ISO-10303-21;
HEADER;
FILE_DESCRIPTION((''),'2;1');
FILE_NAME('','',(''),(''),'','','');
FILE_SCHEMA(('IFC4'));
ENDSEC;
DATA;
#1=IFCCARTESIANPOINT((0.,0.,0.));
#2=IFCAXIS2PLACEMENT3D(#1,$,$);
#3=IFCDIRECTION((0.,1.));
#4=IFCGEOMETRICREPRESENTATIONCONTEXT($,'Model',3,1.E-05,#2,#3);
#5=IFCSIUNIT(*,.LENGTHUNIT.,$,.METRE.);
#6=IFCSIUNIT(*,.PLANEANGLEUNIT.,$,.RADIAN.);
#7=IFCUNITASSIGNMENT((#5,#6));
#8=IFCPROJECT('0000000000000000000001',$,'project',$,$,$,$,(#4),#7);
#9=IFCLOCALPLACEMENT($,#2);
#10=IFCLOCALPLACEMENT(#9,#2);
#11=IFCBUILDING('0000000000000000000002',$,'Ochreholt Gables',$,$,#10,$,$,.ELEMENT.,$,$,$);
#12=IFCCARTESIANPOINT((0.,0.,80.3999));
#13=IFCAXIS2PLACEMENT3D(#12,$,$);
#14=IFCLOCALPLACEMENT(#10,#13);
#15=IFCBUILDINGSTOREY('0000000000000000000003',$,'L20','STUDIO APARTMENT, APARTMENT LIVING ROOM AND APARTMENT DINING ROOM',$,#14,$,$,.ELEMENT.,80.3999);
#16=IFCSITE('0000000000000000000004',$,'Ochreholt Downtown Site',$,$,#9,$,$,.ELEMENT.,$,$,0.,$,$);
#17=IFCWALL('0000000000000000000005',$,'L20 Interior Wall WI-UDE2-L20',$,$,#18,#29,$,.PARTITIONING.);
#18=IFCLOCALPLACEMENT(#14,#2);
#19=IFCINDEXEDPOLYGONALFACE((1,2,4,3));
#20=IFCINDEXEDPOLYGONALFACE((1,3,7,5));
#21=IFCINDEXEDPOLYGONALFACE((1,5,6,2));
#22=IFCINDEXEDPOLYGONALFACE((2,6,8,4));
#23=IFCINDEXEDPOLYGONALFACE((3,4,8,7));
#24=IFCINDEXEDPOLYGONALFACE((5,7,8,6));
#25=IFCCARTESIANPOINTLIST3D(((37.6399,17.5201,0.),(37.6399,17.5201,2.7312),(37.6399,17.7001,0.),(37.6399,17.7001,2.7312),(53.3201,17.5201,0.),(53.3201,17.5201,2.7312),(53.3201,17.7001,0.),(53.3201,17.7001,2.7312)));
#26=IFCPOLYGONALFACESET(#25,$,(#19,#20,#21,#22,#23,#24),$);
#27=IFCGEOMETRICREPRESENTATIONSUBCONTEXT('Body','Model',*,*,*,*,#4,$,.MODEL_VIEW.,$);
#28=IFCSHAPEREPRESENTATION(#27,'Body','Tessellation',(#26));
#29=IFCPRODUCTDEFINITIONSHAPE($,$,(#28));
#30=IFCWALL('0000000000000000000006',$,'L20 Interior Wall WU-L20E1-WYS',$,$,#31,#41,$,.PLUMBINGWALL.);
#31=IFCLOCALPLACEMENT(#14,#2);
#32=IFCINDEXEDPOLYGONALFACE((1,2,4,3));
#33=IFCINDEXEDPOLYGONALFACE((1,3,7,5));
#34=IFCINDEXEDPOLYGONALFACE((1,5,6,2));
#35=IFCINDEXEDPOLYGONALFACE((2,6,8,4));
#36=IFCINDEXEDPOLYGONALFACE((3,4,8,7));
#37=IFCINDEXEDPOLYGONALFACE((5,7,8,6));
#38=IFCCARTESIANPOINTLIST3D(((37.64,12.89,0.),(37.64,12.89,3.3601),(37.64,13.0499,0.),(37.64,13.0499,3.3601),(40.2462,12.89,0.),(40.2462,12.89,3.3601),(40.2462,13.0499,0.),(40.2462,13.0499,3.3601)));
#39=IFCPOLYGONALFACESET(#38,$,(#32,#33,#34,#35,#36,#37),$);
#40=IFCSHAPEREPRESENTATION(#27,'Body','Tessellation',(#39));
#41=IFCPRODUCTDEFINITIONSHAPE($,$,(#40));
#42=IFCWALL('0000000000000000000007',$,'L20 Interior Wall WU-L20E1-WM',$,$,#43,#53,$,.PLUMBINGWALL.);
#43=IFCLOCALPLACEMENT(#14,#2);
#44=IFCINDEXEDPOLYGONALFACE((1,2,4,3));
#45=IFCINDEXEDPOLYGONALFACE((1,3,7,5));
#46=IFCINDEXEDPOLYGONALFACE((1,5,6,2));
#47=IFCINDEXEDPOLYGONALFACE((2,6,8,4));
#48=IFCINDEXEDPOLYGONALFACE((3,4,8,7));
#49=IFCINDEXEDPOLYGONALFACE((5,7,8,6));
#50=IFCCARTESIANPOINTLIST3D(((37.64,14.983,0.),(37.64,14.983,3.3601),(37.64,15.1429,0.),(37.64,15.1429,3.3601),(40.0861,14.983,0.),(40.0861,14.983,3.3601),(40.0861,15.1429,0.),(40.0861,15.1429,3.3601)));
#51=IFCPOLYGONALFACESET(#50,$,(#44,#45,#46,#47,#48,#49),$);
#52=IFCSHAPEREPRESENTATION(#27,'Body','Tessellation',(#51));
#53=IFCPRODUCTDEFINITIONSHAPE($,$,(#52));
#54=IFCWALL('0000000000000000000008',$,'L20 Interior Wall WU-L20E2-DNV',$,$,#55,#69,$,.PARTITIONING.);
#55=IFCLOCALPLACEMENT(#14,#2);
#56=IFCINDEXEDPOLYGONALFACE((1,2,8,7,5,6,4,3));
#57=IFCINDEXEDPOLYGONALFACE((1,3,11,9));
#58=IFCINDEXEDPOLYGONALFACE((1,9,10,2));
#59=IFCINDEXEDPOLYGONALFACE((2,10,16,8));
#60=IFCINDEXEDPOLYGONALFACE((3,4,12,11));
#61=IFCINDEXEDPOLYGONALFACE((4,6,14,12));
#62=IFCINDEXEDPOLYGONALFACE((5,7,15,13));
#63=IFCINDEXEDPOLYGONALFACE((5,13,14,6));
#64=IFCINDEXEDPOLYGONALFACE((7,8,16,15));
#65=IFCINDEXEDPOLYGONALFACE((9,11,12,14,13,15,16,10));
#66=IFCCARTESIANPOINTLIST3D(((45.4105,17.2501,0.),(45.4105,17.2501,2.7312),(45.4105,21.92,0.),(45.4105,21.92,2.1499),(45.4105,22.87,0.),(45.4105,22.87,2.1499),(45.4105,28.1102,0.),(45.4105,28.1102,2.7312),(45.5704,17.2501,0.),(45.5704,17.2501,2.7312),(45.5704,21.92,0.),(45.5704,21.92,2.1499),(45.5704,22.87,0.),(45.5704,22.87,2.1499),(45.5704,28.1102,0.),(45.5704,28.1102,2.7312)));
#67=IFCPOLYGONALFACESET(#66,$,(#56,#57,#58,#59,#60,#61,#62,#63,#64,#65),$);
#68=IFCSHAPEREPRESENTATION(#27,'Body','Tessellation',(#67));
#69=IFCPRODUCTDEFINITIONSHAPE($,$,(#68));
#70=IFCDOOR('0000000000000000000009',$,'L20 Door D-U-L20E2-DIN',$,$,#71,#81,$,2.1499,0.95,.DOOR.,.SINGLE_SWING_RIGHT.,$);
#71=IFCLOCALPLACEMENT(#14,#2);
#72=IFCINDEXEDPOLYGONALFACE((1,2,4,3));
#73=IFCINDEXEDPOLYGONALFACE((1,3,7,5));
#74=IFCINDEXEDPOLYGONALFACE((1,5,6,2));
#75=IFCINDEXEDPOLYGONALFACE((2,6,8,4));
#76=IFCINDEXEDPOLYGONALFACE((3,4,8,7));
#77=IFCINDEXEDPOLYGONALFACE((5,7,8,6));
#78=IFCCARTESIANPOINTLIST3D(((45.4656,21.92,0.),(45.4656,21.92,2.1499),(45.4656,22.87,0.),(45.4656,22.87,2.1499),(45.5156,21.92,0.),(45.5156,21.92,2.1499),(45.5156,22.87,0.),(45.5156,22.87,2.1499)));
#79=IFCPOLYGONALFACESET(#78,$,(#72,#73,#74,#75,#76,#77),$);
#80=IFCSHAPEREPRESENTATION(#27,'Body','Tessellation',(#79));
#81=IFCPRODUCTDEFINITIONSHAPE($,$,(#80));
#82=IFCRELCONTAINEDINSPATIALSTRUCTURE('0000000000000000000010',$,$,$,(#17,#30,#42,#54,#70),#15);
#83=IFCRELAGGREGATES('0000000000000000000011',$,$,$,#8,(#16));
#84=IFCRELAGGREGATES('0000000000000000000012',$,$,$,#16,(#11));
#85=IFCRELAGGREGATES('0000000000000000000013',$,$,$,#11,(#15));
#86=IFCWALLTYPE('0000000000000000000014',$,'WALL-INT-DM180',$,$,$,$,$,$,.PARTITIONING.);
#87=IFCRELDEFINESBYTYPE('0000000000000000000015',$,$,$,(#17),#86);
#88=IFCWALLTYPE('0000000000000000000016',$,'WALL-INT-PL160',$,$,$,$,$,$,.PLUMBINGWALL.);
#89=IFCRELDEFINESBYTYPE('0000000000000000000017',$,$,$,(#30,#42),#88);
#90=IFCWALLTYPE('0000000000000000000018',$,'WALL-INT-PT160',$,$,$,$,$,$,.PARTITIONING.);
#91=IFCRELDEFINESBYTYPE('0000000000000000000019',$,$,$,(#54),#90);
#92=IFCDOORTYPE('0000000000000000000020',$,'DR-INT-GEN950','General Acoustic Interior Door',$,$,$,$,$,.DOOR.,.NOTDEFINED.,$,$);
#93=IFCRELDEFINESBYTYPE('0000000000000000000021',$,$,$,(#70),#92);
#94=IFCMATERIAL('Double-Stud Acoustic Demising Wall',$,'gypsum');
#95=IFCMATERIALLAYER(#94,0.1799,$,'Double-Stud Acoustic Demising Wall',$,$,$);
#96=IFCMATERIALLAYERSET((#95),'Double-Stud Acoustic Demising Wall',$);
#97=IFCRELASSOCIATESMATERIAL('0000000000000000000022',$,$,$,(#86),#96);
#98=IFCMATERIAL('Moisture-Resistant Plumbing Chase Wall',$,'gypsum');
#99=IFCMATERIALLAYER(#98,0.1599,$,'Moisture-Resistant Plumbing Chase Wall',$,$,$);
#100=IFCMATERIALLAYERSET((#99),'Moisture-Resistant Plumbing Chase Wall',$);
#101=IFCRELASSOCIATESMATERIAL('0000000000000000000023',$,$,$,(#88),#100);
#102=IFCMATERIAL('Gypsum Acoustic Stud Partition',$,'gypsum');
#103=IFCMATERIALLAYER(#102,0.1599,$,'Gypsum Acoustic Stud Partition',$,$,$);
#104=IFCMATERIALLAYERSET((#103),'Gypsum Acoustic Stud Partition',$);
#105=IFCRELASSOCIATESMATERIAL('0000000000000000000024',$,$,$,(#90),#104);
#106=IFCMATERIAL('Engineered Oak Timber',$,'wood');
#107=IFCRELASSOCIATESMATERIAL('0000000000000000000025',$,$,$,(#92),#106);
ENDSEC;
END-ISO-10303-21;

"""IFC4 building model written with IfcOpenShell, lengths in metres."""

from ifc_helpers import new_model, si_unit, direction, frame, frame_2d, origin, place, context, subcontext, project, spatial, rectangle, extrude, material, layer, layer_set, type_object, element, fill, save


model = new_model("IFC4")

# Units and contexts
model_context = context("Model", 3, precision=1e-05, world=origin(), true_north=direction((0.0, 1.0)))
body_context = subcontext(model_context, "Body", "Model", "MODEL_VIEW")
ifc_project = project(units=[si_unit("LENGTHUNIT", "METRE"), si_unit("PLANEANGLEUNIT", "RADIAN")], contexts=[model_context])

# Site, building, storey
site_placement = place(None, origin())
site = spatial("IfcSite", under=ifc_project, at=site_placement, Name="Ochreholt Downtown Site", CompositionType="ELEMENT", RefElevation=0.0)
building_placement = place(site_placement, origin())
building = spatial("IfcBuilding", under=site, at=building_placement, Name="Ochreholt Gables", CompositionType="ELEMENT")
storey_placement = place(building_placement, frame((0.0, 0.0, 80.3999)))
storey = spatial("IfcBuildingStorey", under=building, at=storey_placement, Name="L20", Description="STUDIO APARTMENT, APARTMENT LIVING ROOM AND APARTMENT DINING ROOM", CompositionType="ELEMENT", Elevation=80.3999)

# Walls
ifc_material_1 = material(Name="Double-Stud Acoustic Demising Wall", Category="gypsum")
ifc_layer_1 = layer(ifc_material_1, 0.1799, Name="Double-Stud Acoustic Demising Wall")
ifc_layer_set_1 = layer_set([ifc_layer_1], Name="Double-Stud Acoustic Demising Wall")
wall_type_1 = type_object("IfcWallType", Name="WALL-INT-DM180", PredefinedType="PARTITIONING", material=ifc_layer_set_1)
wall_1_placement = place(storey_placement, frame((37.6399, 17.6101, 0.0), z_axis=(0.0, 0.0, 1.0), x_axis=(1.0, 0.0, 0.0)))
element("IfcWall", 1, at=wall_1_placement, inside=storey, type_object=wall_type_1, Name="L20 Interior Wall WI-UDE2-L20", PredefinedType="PARTITIONING", context=body_context, shape_type="SweptSolid", body=[
    extrude(rectangle(XDim=15.6802, YDim=0.1799, at=frame_2d((7.8401, 0.0))), origin(), (0.0, 0.0, 1.0), 2.7312),
])
ifc_material_2 = material(Name="Moisture-Resistant Plumbing Chase Wall", Category="gypsum")
ifc_layer_2 = layer(ifc_material_2, 0.1599, Name="Moisture-Resistant Plumbing Chase Wall")
ifc_layer_set_2 = layer_set([ifc_layer_2], Name="Moisture-Resistant Plumbing Chase Wall")
wall_type_2 = type_object("IfcWallType", Name="WALL-INT-PL160", PredefinedType="PLUMBINGWALL", material=ifc_layer_set_2)
wall_2_placement = place(storey_placement, frame((37.6399, 12.97, 0.0), z_axis=(0.0, 0.0, 1.0), x_axis=(1.0, 0.0, 0.0)))
element("IfcWall", 2, at=wall_2_placement, inside=storey, type_object=wall_type_2, Name="L20 Interior Wall WU-L20E1-WYS", PredefinedType="PLUMBINGWALL", context=body_context, shape_type="SweptSolid", body=[
    extrude(rectangle(XDim=2.6062, YDim=0.1599, at=frame_2d((1.3032, 0.0))), origin(), (0.0, 0.0, 1.0), 3.3601),
])

# Shared definitions
ifc_material_3 = material(Name="Engineered Oak Timber", Category="wood")

# Wall
wall_3_placement = place(storey_placement, frame((37.6399, 15.063, 0.0), z_axis=(0.0, 0.0, 1.0), x_axis=(1.0, 0.0, 0.0)))
element("IfcWall", 3, at=wall_3_placement, inside=storey, type_object=wall_type_2, Name="L20 Interior Wall WU-L20E1-WM", PredefinedType="PLUMBINGWALL", context=body_context, shape_type="SweptSolid", body=[
    extrude(rectangle(XDim=2.446, YDim=0.1599, at=frame_2d((1.2231, 0.0))), origin(), (0.0, 0.0, 1.0), 3.3601),
])

# Wall, opening, door
ifc_material_4 = material(Name="Gypsum Acoustic Stud Partition", Category="gypsum")
ifc_layer_3 = layer(ifc_material_4, 0.1599, Name="Gypsum Acoustic Stud Partition")
ifc_layer_set_3 = layer_set([ifc_layer_3], Name="Gypsum Acoustic Stud Partition")
wall_type_3 = type_object("IfcWallType", Name="WALL-INT-PT160", PredefinedType="PARTITIONING", material=ifc_layer_set_3)
wall_4_placement = place(storey_placement, frame((45.4905, 17.25, 0.0), z_axis=(0.0, 0.0, 1.0), x_axis=(0.0, 1.0, 0.0)))
wall_4 = element("IfcWall", 4, at=wall_4_placement, inside=storey, type_object=wall_type_3, Name="L20 Interior Wall WU-L20E2-DNV", PredefinedType="PARTITIONING", context=body_context, shape_type="SweptSolid", body=[
    extrude(rectangle(XDim=10.8601, YDim=0.1599, at=frame_2d((5.4302, 0.0))), origin(), (0.0, 0.0, 1.0), 2.7312),
])
opening_1_placement = place(wall_4_placement, frame((4.6699, 0.0, 0.0)))
opening_1 = element("IfcOpeningElement", 5, at=opening_1_placement, cuts=wall_4, PredefinedType="OPENING", context=body_context, shape_type="SweptSolid", body=[
    extrude(rectangle(XDim=0.95, YDim=2.1499, at=frame_2d((0.4751, 1.075))), frame((0.0, 0.0898, 0.0), z_axis=(0.0, -1.0, 0.0), x_axis=(1.0, 0.0, 0.0)), (0.0, 0.0, 1.0), 0.1799),
])
door_type_1 = type_object("IfcDoorType", Name="DR-INT-GEN950", Description="General Acoustic Interior Door", OperationType="NOTDEFINED", PredefinedType="DOOR", material=ifc_material_3)
door_1_placement = place(opening_1_placement, origin())
door_1 = element("IfcDoor", 6, at=door_1_placement, inside=storey, type_object=door_type_1, Name="L20 Door D-U-L20E2-DIN", OperationType="SINGLE_SWING_RIGHT", OverallHeight=2.1499, OverallWidth=0.95, PredefinedType="DOOR", context=body_context, shape_type="SweptSolid", body=[
    extrude(rectangle(XDim=0.95, YDim=2.1499, at=frame_2d((0.4751, 1.075))), frame((0.0, 0.0249, 0.0), z_axis=(0.0, -1.0, 0.0), x_axis=(1.0, 0.0, 0.0)), (0.0, 0.0, 1.0), 0.05),
])
fill(opening_1, door_1)

save(model, "model.ifc")
